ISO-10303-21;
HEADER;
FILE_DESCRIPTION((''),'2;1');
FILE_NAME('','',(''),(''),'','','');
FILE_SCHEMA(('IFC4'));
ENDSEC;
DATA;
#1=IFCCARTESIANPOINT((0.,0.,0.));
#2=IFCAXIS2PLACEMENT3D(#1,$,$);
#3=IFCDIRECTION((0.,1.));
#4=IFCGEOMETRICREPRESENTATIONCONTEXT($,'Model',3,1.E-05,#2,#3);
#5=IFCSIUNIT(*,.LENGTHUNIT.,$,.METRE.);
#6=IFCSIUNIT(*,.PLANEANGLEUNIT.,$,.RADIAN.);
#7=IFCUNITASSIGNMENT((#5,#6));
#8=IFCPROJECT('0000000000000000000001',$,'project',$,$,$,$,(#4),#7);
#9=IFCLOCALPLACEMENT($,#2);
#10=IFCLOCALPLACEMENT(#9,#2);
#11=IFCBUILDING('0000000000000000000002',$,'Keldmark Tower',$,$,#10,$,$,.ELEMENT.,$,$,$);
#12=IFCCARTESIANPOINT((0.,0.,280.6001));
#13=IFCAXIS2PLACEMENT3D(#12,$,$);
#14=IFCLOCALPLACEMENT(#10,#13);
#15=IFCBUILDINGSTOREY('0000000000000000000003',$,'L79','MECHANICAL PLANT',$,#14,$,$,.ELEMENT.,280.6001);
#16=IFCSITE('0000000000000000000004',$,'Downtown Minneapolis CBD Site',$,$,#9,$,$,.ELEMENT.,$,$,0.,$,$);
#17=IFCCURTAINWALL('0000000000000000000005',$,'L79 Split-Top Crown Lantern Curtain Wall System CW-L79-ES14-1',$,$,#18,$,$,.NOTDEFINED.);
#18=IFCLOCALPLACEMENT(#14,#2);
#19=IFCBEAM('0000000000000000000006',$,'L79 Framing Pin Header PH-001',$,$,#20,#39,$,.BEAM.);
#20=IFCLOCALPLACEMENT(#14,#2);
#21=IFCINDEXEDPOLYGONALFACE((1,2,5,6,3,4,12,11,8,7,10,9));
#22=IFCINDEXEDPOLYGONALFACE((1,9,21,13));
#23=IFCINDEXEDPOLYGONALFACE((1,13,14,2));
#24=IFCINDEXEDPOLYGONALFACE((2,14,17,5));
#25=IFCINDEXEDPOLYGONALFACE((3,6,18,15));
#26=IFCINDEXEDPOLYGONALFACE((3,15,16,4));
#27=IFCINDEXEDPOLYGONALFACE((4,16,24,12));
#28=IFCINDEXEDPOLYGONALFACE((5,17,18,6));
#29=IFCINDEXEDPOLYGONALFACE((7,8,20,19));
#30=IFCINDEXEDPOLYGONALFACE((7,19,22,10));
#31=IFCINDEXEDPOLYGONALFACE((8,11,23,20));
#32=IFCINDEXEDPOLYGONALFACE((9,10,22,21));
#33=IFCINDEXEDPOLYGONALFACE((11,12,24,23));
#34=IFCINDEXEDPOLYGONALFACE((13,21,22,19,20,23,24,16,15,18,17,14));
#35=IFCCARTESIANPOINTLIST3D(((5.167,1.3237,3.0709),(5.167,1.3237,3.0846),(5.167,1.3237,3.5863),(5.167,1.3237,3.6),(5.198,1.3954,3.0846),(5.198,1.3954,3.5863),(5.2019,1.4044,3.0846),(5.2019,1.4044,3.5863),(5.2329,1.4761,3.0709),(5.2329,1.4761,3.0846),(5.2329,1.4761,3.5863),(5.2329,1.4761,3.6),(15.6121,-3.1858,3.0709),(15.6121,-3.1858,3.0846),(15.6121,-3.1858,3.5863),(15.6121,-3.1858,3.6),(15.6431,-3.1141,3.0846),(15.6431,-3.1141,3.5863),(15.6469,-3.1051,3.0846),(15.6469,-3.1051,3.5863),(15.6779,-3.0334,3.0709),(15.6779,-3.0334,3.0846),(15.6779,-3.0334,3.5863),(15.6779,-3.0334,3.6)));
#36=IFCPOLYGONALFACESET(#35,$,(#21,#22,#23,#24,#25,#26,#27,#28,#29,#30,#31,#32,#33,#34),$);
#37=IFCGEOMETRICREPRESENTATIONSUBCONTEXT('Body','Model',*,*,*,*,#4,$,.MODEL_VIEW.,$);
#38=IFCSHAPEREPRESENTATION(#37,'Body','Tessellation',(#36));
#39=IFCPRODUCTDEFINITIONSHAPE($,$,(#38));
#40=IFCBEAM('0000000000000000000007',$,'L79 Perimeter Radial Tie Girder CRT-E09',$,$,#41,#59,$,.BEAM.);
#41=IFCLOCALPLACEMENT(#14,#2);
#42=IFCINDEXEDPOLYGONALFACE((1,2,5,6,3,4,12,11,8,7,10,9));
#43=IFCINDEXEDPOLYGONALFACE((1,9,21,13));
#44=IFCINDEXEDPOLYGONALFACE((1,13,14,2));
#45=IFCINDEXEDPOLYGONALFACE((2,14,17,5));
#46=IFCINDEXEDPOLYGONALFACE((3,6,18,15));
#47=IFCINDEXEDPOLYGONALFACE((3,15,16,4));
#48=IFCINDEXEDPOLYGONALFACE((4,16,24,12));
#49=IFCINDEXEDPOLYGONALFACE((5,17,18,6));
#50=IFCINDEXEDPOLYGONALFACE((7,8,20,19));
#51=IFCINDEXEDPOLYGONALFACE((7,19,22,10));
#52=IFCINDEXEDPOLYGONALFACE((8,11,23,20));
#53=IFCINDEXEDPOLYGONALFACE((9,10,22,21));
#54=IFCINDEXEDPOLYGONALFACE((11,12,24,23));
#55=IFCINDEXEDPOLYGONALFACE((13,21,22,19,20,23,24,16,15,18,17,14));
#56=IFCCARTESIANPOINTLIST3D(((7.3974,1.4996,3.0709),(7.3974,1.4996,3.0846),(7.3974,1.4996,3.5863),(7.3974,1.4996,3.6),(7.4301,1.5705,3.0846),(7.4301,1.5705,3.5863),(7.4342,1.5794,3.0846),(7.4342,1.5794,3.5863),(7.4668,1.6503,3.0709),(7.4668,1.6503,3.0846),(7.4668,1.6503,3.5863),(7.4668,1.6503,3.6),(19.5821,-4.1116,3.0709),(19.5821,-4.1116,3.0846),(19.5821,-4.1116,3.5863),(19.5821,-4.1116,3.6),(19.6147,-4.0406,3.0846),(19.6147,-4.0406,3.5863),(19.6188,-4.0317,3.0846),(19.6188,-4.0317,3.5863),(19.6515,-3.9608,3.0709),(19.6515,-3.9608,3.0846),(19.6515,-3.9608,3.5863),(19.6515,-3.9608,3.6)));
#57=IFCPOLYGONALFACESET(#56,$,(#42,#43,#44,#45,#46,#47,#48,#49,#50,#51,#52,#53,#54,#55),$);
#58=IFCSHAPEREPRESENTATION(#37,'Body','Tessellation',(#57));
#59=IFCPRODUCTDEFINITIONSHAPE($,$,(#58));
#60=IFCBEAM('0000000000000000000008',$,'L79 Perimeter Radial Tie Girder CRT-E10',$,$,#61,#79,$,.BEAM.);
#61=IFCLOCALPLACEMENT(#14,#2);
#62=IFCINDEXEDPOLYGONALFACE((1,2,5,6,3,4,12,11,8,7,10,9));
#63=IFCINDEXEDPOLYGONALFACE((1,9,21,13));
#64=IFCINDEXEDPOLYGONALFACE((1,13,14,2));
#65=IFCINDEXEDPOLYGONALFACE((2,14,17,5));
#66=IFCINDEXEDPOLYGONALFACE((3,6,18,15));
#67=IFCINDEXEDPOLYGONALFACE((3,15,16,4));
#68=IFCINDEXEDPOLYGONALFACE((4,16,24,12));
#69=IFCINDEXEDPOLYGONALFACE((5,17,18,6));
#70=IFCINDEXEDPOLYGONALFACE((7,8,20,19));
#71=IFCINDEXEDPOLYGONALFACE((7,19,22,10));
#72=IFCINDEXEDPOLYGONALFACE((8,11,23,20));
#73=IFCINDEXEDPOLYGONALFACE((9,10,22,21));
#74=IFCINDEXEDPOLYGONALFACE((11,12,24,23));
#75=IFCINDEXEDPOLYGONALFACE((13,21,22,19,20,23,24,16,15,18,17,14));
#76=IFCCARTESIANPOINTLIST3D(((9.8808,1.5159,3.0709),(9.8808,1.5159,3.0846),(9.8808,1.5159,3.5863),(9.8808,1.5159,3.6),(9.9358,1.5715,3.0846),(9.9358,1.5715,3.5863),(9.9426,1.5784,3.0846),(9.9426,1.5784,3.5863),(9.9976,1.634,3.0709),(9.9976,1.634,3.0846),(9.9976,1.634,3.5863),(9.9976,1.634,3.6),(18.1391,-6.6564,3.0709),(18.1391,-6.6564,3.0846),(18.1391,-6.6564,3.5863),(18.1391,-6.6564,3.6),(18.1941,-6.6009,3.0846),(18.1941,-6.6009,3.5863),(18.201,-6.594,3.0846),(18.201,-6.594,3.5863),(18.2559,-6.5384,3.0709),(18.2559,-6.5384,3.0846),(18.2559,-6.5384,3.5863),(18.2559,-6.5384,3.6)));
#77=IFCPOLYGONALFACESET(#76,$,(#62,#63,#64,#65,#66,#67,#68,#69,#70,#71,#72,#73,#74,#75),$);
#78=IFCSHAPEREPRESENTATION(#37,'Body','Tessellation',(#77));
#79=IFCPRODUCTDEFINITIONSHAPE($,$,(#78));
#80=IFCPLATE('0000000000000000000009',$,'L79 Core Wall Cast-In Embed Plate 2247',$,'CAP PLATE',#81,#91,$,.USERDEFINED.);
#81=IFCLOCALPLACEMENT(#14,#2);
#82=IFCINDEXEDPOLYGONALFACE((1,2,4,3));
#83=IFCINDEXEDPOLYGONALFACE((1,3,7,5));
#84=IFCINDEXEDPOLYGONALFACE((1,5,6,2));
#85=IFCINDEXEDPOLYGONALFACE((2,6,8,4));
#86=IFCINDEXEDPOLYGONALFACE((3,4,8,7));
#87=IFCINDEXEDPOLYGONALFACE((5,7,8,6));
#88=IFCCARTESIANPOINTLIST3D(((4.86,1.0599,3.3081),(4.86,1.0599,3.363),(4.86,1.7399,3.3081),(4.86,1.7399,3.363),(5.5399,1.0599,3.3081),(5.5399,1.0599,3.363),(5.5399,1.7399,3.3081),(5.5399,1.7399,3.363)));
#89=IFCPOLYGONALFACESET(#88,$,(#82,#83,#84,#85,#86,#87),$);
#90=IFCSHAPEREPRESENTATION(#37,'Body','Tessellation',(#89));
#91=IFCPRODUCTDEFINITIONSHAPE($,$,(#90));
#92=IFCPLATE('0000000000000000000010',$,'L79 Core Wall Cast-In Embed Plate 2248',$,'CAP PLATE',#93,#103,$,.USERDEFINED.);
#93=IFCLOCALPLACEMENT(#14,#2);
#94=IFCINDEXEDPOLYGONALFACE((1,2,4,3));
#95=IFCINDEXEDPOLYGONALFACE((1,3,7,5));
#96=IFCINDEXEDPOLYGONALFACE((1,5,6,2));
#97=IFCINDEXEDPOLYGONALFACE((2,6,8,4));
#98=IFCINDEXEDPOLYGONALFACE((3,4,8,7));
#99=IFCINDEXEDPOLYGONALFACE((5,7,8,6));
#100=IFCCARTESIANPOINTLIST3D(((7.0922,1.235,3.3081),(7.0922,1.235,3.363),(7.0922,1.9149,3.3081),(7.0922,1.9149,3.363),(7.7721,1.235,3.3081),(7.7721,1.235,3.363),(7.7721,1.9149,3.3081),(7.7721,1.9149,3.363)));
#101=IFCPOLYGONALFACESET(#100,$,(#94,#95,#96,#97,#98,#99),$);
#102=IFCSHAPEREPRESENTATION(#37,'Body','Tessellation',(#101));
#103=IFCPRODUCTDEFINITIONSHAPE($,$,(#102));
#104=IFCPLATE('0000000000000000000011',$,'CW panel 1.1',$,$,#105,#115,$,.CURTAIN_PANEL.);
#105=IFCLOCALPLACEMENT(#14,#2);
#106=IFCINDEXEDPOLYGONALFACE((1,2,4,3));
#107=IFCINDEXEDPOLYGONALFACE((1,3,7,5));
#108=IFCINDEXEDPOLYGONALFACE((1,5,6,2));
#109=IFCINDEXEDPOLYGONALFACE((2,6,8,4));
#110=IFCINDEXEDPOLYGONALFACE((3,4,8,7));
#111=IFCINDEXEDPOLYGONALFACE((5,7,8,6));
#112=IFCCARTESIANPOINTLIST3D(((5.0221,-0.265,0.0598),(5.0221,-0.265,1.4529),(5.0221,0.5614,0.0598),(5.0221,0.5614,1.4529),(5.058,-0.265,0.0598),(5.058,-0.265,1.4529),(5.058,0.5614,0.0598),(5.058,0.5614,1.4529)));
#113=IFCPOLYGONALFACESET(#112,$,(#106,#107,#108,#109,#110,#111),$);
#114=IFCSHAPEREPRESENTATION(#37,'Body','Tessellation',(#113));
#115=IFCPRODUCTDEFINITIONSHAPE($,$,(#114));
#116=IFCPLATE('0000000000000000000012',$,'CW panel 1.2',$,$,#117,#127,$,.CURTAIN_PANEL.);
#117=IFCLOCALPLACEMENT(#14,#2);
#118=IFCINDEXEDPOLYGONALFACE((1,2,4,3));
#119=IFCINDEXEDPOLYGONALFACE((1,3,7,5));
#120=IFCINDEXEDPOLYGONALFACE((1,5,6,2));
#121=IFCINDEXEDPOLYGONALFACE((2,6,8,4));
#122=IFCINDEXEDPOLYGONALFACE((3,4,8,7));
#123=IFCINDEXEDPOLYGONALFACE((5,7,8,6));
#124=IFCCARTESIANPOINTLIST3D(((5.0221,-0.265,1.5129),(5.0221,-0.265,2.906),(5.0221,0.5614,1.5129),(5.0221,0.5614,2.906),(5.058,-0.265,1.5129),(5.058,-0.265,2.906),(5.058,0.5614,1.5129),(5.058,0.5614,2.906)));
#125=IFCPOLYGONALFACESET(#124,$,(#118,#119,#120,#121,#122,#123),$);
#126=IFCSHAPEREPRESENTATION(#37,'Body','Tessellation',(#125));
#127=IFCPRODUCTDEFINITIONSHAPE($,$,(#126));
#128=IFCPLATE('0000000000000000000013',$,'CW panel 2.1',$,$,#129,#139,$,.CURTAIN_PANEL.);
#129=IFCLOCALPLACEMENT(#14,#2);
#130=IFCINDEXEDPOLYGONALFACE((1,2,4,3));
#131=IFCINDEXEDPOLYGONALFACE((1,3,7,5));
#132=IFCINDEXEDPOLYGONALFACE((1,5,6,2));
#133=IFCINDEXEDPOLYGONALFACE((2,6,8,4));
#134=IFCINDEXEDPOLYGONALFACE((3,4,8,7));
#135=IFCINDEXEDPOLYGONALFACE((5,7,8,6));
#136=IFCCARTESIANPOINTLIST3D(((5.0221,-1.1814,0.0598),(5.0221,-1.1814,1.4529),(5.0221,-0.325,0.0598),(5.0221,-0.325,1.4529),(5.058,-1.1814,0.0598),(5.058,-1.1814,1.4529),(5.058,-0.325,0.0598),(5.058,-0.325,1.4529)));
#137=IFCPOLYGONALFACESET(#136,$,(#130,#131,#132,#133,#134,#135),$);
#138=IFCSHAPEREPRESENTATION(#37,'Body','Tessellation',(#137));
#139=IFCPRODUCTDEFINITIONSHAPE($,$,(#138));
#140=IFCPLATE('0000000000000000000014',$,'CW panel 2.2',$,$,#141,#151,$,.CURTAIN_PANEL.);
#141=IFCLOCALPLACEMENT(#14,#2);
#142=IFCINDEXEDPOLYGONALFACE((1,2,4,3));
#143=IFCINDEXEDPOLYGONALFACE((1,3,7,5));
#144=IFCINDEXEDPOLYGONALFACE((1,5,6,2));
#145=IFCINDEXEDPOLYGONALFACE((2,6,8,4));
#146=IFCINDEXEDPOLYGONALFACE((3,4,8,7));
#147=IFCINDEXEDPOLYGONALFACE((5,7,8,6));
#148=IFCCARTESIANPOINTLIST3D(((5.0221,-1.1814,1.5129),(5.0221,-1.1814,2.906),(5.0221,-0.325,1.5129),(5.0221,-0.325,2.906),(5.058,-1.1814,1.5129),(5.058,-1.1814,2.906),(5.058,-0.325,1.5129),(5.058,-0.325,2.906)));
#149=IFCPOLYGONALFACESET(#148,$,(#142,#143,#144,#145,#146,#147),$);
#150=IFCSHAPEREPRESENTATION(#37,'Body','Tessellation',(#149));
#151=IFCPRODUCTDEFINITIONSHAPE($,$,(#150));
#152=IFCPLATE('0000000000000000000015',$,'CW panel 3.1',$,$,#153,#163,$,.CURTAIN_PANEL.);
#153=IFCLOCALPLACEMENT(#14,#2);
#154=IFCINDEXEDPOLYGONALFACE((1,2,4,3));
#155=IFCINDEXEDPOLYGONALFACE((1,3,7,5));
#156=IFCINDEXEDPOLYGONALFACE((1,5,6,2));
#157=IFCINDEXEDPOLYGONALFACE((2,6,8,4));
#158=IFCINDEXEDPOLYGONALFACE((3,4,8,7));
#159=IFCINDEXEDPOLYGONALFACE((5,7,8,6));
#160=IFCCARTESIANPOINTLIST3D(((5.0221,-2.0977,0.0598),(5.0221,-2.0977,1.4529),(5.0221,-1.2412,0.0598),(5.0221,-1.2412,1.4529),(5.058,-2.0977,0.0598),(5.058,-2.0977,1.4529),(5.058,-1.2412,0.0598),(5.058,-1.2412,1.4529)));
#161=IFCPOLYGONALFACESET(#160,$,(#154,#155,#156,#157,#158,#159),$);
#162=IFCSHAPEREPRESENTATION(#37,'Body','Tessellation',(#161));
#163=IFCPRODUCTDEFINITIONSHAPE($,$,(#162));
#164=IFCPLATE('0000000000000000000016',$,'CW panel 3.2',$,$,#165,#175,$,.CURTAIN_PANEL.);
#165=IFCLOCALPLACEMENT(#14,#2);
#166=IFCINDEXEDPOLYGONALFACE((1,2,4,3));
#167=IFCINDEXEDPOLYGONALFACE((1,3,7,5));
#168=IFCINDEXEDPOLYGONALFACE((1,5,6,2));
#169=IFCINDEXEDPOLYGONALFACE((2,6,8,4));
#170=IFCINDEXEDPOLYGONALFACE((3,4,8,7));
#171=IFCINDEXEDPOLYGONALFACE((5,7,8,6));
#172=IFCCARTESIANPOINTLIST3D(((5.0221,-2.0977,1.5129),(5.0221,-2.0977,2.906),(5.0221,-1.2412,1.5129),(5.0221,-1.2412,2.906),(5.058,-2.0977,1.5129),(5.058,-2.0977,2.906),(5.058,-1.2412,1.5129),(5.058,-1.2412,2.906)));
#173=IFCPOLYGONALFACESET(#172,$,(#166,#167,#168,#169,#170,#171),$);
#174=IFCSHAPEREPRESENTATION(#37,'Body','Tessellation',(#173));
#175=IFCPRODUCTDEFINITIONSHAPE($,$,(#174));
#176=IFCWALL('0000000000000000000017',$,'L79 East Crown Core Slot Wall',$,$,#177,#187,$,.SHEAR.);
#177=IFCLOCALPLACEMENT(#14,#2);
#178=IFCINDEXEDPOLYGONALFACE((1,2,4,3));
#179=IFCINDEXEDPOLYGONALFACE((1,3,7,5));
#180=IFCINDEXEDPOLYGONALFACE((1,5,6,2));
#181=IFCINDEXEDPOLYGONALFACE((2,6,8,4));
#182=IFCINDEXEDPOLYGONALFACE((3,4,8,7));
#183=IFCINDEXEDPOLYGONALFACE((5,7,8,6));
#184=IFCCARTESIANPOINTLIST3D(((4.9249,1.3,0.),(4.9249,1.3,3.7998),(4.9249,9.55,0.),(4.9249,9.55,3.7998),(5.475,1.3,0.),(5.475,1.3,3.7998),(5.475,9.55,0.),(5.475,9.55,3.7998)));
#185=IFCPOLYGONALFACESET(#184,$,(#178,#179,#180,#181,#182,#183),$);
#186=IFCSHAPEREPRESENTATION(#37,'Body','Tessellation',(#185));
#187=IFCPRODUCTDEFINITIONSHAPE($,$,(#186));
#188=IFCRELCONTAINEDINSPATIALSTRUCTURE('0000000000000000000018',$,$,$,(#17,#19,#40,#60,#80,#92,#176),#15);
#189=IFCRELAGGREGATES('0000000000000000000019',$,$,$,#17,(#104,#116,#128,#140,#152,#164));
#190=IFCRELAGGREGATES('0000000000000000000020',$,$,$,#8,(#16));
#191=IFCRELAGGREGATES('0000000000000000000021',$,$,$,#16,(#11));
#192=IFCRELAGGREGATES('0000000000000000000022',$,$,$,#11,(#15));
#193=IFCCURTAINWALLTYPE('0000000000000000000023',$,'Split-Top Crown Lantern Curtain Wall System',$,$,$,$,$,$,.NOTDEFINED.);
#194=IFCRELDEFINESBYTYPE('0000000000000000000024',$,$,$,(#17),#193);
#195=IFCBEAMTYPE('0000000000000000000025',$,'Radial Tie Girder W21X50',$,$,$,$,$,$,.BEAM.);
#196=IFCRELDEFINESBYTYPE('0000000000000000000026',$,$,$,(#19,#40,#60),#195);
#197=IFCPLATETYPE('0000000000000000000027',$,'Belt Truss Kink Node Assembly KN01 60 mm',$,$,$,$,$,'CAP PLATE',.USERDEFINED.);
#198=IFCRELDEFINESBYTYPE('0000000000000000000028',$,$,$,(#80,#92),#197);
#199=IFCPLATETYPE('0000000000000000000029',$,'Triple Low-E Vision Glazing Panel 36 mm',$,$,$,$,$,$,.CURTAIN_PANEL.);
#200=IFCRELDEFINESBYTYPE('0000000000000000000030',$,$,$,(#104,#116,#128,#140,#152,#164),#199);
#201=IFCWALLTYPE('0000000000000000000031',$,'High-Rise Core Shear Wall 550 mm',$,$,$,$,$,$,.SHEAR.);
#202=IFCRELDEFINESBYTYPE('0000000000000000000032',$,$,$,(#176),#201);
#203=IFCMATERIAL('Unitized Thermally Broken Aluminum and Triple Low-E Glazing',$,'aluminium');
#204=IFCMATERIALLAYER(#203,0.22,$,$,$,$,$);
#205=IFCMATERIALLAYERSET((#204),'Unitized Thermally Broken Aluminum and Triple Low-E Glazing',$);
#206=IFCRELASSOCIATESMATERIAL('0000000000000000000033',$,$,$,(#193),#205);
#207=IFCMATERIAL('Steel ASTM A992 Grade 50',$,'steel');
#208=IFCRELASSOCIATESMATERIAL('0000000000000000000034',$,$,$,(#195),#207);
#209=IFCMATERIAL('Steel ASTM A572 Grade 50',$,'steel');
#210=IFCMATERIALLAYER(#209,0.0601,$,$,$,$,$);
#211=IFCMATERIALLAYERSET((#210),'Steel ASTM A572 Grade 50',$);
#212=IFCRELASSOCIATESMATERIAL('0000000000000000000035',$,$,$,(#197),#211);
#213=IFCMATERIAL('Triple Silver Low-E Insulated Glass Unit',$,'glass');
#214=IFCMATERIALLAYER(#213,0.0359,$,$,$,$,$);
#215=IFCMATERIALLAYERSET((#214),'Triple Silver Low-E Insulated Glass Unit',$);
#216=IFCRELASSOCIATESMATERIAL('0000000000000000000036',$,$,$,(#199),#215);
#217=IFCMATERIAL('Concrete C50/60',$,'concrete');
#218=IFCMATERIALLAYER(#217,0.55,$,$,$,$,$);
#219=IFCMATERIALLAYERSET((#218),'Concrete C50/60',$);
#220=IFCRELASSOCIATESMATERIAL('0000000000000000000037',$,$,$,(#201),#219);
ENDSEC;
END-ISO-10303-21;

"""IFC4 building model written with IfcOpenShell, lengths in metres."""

from ifc_helpers import new_model, si_unit, direction, frame, frame_2d, origin, origin_2d, place, context, subcontext, project, spatial, rectangle, i_section, extrude, material, layer, layer_set, material_profile, profile_set, type_object, element, aggregate, save


model = new_model("IFC4")

# Units and contexts
model_context = context("Model", 3, precision=1e-05, world=origin(), true_north=direction((0.0, 1.0)))
body_context = subcontext(model_context, "Body", "Model", "MODEL_VIEW")
ifc_project = project(units=[si_unit("LENGTHUNIT", "METRE"), si_unit("PLANEANGLEUNIT", "RADIAN")], contexts=[model_context])

# Site, building, storey
site_placement = place(None, origin())
site = spatial("IfcSite", under=ifc_project, at=site_placement, Name="Downtown Minneapolis CBD Site", CompositionType="ELEMENT", RefElevation=0.0)
building_placement = place(site_placement, origin())
building = spatial("IfcBuilding", under=site, at=building_placement, Name="Keldmark Tower", CompositionType="ELEMENT")
storey_placement = place(building_placement, frame((0.0, 0.0, 280.6001)))
storey = spatial("IfcBuildingStorey", under=building, at=storey_placement, Name="L79", Description="MECHANICAL PLANT", CompositionType="ELEMENT", Elevation=280.6001)

# Curtain wall
ifc_material_1 = material(Name="Unitized Thermally Broken Aluminum and Triple Low-E Glazing", Category="aluminium")
ifc_layer_1 = layer(ifc_material_1, 0.22)
ifc_layer_set_1 = layer_set([ifc_layer_1], Name="Unitized Thermally Broken Aluminum and Triple Low-E Glazing")
curtain_wall_type = type_object("IfcCurtainWallType", Name="Split-Top Crown Lantern Curtain Wall System", PredefinedType="NOTDEFINED", material=ifc_layer_set_1)
curtain_wall_placement = place(storey_placement, origin())
curtain_wall = element("IfcCurtainWall", 1, at=curtain_wall_placement, inside=storey, type_object=curtain_wall_type, Name="L79 Split-Top Crown Lantern Curtain Wall System CW-L79-ES14-1", PredefinedType="NOTDEFINED")

# Beams
ifc_material_2 = material(Name="Steel ASTM A992 Grade 50", Category="steel")
ifc_material_profile_1 = material_profile(ifc_material_2, i_section(OverallWidth=0.166, OverallDepth=0.5291, WebThickness=0.0098, FlangeThickness=0.0137, at=origin_2d()), Name="W21X50")
ifc_profile_set_1 = profile_set([ifc_material_profile_1], Name="Steel ASTM A992 Grade 50")
beam_type = type_object("IfcBeamType", Name="Radial Tie Girder W21X50", PredefinedType="BEAM", material=ifc_profile_set_1)
beam_1_placement = place(storey_placement, frame((5.2, 1.3999, 3.3354), z_axis=(0.91809, -0.396373, 0.0), x_axis=(0.396373, 0.91809, 0.0)))
element("IfcBeam", 2, at=beam_1_placement, inside=storey, type_object=beam_type, Name="L79 Framing Pin Header PH-001", PredefinedType="BEAM", context=body_context, shape_type="SweptSolid", body=[
    extrude(i_section(OverallWidth=0.166, OverallDepth=0.5291, WebThickness=0.0098, FlangeThickness=0.0137, at=origin_2d()), origin(), (0.0, 0.0, 1.0), 11.377),
])
beam_2_placement = place(storey_placement, frame((7.4321, 1.575, 3.3354), z_axis=(0.908315, -0.418286, 0.0), x_axis=(0.418286, 0.908315, 0.0)))
element("IfcBeam", 3, at=beam_2_placement, inside=storey, type_object=beam_type, Name="L79 Perimeter Radial Tie Girder CRT-E09", PredefinedType="BEAM", context=body_context, shape_type="SweptSolid", body=[
    extrude(i_section(OverallWidth=0.166, OverallDepth=0.5291, WebThickness=0.0098, FlangeThickness=0.0137, at=origin_2d()), origin(), (0.0, 0.0, 1.0), 13.4146),
])
beam_3_placement = place(storey_placement, frame((9.9392, 1.575, 3.3354), z_axis=(0.710795, -0.703399, 0.0), x_axis=(0.703399, 0.710795, 0.0)))
element("IfcBeam", 4, at=beam_3_placement, inside=storey, type_object=beam_type, Name="L79 Perimeter Radial Tie Girder CRT-E10", PredefinedType="BEAM", context=body_context, shape_type="SweptSolid", body=[
    extrude(i_section(OverallWidth=0.166, OverallDepth=0.5291, WebThickness=0.0098, FlangeThickness=0.0137, at=origin_2d()), origin(), (0.0, 0.0, 1.0), 11.6184),
])

# Plates
ifc_material_3 = material(Name="Steel ASTM A572 Grade 50", Category="steel")
ifc_layer_2 = layer(ifc_material_3, 0.0601)
ifc_layer_set_2 = layer_set([ifc_layer_2], Name="Steel ASTM A572 Grade 50")
plate_type_1 = type_object("IfcPlateType", Name="Belt Truss Kink Node Assembly KN01 60 mm", ElementType="CAP PLATE", PredefinedType="USERDEFINED", material=ifc_layer_set_2)
for number, where, z_axis, x_axis, name in (
    (5, (5.2, 1.3999, 3.3081), (0.0, 0.0, 1.0), (1.0, 0.0, 0.0), "L79 Core Wall Cast-In Embed Plate 2247"),
    (6, (7.4321, 1.575, 3.3081), (0.0, 0.0, 1.0), (1.0, 0.0, 0.0), "L79 Core Wall Cast-In Embed Plate 2248"),
):
    element("IfcPlate", number, at=place(storey_placement, frame(where, z_axis=z_axis, x_axis=x_axis)), inside=storey, type_object=plate_type_1, Name=name, ObjectType="CAP PLATE", PredefinedType="USERDEFINED", context=body_context, shape_type="SweptSolid", body=[
        extrude(rectangle(XDim=0.6799, YDim=0.6799, at=origin_2d()), origin(), (0.0, 0.0, 1.0), 0.0549),
    ])

# Plates
ifc_material_4 = material(Name="Triple Silver Low-E Insulated Glass Unit", Category="glass")
ifc_layer_3 = layer(ifc_material_4, 0.0359)
ifc_layer_set_3 = layer_set([ifc_layer_3], Name="Triple Silver Low-E Insulated Glass Unit")
plate_type_2 = type_object("IfcPlateType", Name="Triple Low-E Vision Glazing Panel 36 mm", PredefinedType="CURTAIN_PANEL", material=ifc_layer_set_3)
plate_1_placement = place(storey_placement, frame((5.04, 0.1482, 0.0598), z_axis=(0.0, 0.0, 1.0), x_axis=(0.0, -1.0, 0.0)))
plate_1 = element("IfcPlate", 7, at=plate_1_placement, type_object=plate_type_2, Name="CW panel 1.1", PredefinedType="CURTAIN_PANEL", context=body_context, shape_type="SweptSolid", body=[
    extrude(rectangle(XDim=0.8264, YDim=0.0359, at=origin_2d()), origin(), (0.0, 0.0, 1.0), 1.3931),
])
plate_2_placement = place(storey_placement, frame((5.04, 0.1482, 1.5129), z_axis=(0.0, 0.0, 1.0), x_axis=(0.0, -1.0, 0.0)))
plate_2 = element("IfcPlate", 8, at=plate_2_placement, type_object=plate_type_2, Name="CW panel 1.2", PredefinedType="CURTAIN_PANEL", context=body_context, shape_type="SweptSolid", body=[
    extrude(rectangle(XDim=0.8264, YDim=0.0359, at=origin_2d()), origin(), (0.0, 0.0, 1.0), 1.3931),
])
plate_3_placement = place(storey_placement, frame((5.04, -0.7532, 0.0598), z_axis=(0.0, 0.0, 1.0), x_axis=(0.0, -1.0, 0.0)))
plate_3 = element("IfcPlate", 9, at=plate_3_placement, type_object=plate_type_2, Name="CW panel 2.1", PredefinedType="CURTAIN_PANEL", context=body_context, shape_type="SweptSolid", body=[
    extrude(rectangle(XDim=0.8564, YDim=0.0359, at=origin_2d()), origin(), (0.0, 0.0, 1.0), 1.3931),
])
plate_4_placement = place(storey_placement, frame((5.04, -0.7532, 1.5129), z_axis=(0.0, 0.0, 1.0), x_axis=(0.0, -1.0, 0.0)))
plate_4 = element("IfcPlate", 10, at=plate_4_placement, type_object=plate_type_2, Name="CW panel 2.2", PredefinedType="CURTAIN_PANEL", context=body_context, shape_type="SweptSolid", body=[
    extrude(rectangle(XDim=0.8564, YDim=0.0359, at=origin_2d()), origin(), (0.0, 0.0, 1.0), 1.3931),
])
plate_5_placement = place(storey_placement, frame((5.04, -1.6694, 0.0598), z_axis=(0.0, 0.0, 1.0), x_axis=(0.0, -1.0, 0.0)))
plate_5 = element("IfcPlate", 11, at=plate_5_placement, type_object=plate_type_2, Name="CW panel 3.1", PredefinedType="CURTAIN_PANEL", context=body_context, shape_type="SweptSolid", body=[
    extrude(rectangle(XDim=0.8564, YDim=0.0359, at=origin_2d()), origin(), (0.0, 0.0, 1.0), 1.3931),
])
plate_6_placement = place(storey_placement, frame((5.04, -1.6694, 1.5129), z_axis=(0.0, 0.0, 1.0), x_axis=(0.0, -1.0, 0.0)))
plate_6 = element("IfcPlate", 12, at=plate_6_placement, type_object=plate_type_2, Name="CW panel 3.2", PredefinedType="CURTAIN_PANEL", context=body_context, shape_type="SweptSolid", body=[
    extrude(rectangle(XDim=0.8564, YDim=0.0359, at=origin_2d()), origin(), (0.0, 0.0, 1.0), 1.3931),
])
aggregate(curtain_wall, [plate_1, plate_2, plate_3, plate_4, plate_5, plate_6])

# Wall
ifc_material_5 = material(Name="Concrete C50/60", Category="concrete")
ifc_layer_4 = layer(ifc_material_5, 0.55)
ifc_layer_set_4 = layer_set([ifc_layer_4], Name="Concrete C50/60")
wall_type_1 = type_object("IfcWallType", Name="High-Rise Core Shear Wall 550 mm", PredefinedType="SHEAR", material=ifc_layer_set_4)
wall_1_placement = place(storey_placement, frame((5.2, 1.3, 0.0), z_axis=(0.0, 0.0, 1.0), x_axis=(0.0, 1.0, 0.0)))
element("IfcWall", 13, at=wall_1_placement, inside=storey, type_object=wall_type_1, Name="L79 East Crown Core Slot Wall", PredefinedType="SHEAR", context=body_context, shape_type="SweptSolid", body=[
    extrude(rectangle(XDim=8.25, YDim=0.55, at=frame_2d((4.125, 0.0))), origin(), (0.0, 0.0, 1.0), 3.7998),
])

save(model, "model.ifc")
